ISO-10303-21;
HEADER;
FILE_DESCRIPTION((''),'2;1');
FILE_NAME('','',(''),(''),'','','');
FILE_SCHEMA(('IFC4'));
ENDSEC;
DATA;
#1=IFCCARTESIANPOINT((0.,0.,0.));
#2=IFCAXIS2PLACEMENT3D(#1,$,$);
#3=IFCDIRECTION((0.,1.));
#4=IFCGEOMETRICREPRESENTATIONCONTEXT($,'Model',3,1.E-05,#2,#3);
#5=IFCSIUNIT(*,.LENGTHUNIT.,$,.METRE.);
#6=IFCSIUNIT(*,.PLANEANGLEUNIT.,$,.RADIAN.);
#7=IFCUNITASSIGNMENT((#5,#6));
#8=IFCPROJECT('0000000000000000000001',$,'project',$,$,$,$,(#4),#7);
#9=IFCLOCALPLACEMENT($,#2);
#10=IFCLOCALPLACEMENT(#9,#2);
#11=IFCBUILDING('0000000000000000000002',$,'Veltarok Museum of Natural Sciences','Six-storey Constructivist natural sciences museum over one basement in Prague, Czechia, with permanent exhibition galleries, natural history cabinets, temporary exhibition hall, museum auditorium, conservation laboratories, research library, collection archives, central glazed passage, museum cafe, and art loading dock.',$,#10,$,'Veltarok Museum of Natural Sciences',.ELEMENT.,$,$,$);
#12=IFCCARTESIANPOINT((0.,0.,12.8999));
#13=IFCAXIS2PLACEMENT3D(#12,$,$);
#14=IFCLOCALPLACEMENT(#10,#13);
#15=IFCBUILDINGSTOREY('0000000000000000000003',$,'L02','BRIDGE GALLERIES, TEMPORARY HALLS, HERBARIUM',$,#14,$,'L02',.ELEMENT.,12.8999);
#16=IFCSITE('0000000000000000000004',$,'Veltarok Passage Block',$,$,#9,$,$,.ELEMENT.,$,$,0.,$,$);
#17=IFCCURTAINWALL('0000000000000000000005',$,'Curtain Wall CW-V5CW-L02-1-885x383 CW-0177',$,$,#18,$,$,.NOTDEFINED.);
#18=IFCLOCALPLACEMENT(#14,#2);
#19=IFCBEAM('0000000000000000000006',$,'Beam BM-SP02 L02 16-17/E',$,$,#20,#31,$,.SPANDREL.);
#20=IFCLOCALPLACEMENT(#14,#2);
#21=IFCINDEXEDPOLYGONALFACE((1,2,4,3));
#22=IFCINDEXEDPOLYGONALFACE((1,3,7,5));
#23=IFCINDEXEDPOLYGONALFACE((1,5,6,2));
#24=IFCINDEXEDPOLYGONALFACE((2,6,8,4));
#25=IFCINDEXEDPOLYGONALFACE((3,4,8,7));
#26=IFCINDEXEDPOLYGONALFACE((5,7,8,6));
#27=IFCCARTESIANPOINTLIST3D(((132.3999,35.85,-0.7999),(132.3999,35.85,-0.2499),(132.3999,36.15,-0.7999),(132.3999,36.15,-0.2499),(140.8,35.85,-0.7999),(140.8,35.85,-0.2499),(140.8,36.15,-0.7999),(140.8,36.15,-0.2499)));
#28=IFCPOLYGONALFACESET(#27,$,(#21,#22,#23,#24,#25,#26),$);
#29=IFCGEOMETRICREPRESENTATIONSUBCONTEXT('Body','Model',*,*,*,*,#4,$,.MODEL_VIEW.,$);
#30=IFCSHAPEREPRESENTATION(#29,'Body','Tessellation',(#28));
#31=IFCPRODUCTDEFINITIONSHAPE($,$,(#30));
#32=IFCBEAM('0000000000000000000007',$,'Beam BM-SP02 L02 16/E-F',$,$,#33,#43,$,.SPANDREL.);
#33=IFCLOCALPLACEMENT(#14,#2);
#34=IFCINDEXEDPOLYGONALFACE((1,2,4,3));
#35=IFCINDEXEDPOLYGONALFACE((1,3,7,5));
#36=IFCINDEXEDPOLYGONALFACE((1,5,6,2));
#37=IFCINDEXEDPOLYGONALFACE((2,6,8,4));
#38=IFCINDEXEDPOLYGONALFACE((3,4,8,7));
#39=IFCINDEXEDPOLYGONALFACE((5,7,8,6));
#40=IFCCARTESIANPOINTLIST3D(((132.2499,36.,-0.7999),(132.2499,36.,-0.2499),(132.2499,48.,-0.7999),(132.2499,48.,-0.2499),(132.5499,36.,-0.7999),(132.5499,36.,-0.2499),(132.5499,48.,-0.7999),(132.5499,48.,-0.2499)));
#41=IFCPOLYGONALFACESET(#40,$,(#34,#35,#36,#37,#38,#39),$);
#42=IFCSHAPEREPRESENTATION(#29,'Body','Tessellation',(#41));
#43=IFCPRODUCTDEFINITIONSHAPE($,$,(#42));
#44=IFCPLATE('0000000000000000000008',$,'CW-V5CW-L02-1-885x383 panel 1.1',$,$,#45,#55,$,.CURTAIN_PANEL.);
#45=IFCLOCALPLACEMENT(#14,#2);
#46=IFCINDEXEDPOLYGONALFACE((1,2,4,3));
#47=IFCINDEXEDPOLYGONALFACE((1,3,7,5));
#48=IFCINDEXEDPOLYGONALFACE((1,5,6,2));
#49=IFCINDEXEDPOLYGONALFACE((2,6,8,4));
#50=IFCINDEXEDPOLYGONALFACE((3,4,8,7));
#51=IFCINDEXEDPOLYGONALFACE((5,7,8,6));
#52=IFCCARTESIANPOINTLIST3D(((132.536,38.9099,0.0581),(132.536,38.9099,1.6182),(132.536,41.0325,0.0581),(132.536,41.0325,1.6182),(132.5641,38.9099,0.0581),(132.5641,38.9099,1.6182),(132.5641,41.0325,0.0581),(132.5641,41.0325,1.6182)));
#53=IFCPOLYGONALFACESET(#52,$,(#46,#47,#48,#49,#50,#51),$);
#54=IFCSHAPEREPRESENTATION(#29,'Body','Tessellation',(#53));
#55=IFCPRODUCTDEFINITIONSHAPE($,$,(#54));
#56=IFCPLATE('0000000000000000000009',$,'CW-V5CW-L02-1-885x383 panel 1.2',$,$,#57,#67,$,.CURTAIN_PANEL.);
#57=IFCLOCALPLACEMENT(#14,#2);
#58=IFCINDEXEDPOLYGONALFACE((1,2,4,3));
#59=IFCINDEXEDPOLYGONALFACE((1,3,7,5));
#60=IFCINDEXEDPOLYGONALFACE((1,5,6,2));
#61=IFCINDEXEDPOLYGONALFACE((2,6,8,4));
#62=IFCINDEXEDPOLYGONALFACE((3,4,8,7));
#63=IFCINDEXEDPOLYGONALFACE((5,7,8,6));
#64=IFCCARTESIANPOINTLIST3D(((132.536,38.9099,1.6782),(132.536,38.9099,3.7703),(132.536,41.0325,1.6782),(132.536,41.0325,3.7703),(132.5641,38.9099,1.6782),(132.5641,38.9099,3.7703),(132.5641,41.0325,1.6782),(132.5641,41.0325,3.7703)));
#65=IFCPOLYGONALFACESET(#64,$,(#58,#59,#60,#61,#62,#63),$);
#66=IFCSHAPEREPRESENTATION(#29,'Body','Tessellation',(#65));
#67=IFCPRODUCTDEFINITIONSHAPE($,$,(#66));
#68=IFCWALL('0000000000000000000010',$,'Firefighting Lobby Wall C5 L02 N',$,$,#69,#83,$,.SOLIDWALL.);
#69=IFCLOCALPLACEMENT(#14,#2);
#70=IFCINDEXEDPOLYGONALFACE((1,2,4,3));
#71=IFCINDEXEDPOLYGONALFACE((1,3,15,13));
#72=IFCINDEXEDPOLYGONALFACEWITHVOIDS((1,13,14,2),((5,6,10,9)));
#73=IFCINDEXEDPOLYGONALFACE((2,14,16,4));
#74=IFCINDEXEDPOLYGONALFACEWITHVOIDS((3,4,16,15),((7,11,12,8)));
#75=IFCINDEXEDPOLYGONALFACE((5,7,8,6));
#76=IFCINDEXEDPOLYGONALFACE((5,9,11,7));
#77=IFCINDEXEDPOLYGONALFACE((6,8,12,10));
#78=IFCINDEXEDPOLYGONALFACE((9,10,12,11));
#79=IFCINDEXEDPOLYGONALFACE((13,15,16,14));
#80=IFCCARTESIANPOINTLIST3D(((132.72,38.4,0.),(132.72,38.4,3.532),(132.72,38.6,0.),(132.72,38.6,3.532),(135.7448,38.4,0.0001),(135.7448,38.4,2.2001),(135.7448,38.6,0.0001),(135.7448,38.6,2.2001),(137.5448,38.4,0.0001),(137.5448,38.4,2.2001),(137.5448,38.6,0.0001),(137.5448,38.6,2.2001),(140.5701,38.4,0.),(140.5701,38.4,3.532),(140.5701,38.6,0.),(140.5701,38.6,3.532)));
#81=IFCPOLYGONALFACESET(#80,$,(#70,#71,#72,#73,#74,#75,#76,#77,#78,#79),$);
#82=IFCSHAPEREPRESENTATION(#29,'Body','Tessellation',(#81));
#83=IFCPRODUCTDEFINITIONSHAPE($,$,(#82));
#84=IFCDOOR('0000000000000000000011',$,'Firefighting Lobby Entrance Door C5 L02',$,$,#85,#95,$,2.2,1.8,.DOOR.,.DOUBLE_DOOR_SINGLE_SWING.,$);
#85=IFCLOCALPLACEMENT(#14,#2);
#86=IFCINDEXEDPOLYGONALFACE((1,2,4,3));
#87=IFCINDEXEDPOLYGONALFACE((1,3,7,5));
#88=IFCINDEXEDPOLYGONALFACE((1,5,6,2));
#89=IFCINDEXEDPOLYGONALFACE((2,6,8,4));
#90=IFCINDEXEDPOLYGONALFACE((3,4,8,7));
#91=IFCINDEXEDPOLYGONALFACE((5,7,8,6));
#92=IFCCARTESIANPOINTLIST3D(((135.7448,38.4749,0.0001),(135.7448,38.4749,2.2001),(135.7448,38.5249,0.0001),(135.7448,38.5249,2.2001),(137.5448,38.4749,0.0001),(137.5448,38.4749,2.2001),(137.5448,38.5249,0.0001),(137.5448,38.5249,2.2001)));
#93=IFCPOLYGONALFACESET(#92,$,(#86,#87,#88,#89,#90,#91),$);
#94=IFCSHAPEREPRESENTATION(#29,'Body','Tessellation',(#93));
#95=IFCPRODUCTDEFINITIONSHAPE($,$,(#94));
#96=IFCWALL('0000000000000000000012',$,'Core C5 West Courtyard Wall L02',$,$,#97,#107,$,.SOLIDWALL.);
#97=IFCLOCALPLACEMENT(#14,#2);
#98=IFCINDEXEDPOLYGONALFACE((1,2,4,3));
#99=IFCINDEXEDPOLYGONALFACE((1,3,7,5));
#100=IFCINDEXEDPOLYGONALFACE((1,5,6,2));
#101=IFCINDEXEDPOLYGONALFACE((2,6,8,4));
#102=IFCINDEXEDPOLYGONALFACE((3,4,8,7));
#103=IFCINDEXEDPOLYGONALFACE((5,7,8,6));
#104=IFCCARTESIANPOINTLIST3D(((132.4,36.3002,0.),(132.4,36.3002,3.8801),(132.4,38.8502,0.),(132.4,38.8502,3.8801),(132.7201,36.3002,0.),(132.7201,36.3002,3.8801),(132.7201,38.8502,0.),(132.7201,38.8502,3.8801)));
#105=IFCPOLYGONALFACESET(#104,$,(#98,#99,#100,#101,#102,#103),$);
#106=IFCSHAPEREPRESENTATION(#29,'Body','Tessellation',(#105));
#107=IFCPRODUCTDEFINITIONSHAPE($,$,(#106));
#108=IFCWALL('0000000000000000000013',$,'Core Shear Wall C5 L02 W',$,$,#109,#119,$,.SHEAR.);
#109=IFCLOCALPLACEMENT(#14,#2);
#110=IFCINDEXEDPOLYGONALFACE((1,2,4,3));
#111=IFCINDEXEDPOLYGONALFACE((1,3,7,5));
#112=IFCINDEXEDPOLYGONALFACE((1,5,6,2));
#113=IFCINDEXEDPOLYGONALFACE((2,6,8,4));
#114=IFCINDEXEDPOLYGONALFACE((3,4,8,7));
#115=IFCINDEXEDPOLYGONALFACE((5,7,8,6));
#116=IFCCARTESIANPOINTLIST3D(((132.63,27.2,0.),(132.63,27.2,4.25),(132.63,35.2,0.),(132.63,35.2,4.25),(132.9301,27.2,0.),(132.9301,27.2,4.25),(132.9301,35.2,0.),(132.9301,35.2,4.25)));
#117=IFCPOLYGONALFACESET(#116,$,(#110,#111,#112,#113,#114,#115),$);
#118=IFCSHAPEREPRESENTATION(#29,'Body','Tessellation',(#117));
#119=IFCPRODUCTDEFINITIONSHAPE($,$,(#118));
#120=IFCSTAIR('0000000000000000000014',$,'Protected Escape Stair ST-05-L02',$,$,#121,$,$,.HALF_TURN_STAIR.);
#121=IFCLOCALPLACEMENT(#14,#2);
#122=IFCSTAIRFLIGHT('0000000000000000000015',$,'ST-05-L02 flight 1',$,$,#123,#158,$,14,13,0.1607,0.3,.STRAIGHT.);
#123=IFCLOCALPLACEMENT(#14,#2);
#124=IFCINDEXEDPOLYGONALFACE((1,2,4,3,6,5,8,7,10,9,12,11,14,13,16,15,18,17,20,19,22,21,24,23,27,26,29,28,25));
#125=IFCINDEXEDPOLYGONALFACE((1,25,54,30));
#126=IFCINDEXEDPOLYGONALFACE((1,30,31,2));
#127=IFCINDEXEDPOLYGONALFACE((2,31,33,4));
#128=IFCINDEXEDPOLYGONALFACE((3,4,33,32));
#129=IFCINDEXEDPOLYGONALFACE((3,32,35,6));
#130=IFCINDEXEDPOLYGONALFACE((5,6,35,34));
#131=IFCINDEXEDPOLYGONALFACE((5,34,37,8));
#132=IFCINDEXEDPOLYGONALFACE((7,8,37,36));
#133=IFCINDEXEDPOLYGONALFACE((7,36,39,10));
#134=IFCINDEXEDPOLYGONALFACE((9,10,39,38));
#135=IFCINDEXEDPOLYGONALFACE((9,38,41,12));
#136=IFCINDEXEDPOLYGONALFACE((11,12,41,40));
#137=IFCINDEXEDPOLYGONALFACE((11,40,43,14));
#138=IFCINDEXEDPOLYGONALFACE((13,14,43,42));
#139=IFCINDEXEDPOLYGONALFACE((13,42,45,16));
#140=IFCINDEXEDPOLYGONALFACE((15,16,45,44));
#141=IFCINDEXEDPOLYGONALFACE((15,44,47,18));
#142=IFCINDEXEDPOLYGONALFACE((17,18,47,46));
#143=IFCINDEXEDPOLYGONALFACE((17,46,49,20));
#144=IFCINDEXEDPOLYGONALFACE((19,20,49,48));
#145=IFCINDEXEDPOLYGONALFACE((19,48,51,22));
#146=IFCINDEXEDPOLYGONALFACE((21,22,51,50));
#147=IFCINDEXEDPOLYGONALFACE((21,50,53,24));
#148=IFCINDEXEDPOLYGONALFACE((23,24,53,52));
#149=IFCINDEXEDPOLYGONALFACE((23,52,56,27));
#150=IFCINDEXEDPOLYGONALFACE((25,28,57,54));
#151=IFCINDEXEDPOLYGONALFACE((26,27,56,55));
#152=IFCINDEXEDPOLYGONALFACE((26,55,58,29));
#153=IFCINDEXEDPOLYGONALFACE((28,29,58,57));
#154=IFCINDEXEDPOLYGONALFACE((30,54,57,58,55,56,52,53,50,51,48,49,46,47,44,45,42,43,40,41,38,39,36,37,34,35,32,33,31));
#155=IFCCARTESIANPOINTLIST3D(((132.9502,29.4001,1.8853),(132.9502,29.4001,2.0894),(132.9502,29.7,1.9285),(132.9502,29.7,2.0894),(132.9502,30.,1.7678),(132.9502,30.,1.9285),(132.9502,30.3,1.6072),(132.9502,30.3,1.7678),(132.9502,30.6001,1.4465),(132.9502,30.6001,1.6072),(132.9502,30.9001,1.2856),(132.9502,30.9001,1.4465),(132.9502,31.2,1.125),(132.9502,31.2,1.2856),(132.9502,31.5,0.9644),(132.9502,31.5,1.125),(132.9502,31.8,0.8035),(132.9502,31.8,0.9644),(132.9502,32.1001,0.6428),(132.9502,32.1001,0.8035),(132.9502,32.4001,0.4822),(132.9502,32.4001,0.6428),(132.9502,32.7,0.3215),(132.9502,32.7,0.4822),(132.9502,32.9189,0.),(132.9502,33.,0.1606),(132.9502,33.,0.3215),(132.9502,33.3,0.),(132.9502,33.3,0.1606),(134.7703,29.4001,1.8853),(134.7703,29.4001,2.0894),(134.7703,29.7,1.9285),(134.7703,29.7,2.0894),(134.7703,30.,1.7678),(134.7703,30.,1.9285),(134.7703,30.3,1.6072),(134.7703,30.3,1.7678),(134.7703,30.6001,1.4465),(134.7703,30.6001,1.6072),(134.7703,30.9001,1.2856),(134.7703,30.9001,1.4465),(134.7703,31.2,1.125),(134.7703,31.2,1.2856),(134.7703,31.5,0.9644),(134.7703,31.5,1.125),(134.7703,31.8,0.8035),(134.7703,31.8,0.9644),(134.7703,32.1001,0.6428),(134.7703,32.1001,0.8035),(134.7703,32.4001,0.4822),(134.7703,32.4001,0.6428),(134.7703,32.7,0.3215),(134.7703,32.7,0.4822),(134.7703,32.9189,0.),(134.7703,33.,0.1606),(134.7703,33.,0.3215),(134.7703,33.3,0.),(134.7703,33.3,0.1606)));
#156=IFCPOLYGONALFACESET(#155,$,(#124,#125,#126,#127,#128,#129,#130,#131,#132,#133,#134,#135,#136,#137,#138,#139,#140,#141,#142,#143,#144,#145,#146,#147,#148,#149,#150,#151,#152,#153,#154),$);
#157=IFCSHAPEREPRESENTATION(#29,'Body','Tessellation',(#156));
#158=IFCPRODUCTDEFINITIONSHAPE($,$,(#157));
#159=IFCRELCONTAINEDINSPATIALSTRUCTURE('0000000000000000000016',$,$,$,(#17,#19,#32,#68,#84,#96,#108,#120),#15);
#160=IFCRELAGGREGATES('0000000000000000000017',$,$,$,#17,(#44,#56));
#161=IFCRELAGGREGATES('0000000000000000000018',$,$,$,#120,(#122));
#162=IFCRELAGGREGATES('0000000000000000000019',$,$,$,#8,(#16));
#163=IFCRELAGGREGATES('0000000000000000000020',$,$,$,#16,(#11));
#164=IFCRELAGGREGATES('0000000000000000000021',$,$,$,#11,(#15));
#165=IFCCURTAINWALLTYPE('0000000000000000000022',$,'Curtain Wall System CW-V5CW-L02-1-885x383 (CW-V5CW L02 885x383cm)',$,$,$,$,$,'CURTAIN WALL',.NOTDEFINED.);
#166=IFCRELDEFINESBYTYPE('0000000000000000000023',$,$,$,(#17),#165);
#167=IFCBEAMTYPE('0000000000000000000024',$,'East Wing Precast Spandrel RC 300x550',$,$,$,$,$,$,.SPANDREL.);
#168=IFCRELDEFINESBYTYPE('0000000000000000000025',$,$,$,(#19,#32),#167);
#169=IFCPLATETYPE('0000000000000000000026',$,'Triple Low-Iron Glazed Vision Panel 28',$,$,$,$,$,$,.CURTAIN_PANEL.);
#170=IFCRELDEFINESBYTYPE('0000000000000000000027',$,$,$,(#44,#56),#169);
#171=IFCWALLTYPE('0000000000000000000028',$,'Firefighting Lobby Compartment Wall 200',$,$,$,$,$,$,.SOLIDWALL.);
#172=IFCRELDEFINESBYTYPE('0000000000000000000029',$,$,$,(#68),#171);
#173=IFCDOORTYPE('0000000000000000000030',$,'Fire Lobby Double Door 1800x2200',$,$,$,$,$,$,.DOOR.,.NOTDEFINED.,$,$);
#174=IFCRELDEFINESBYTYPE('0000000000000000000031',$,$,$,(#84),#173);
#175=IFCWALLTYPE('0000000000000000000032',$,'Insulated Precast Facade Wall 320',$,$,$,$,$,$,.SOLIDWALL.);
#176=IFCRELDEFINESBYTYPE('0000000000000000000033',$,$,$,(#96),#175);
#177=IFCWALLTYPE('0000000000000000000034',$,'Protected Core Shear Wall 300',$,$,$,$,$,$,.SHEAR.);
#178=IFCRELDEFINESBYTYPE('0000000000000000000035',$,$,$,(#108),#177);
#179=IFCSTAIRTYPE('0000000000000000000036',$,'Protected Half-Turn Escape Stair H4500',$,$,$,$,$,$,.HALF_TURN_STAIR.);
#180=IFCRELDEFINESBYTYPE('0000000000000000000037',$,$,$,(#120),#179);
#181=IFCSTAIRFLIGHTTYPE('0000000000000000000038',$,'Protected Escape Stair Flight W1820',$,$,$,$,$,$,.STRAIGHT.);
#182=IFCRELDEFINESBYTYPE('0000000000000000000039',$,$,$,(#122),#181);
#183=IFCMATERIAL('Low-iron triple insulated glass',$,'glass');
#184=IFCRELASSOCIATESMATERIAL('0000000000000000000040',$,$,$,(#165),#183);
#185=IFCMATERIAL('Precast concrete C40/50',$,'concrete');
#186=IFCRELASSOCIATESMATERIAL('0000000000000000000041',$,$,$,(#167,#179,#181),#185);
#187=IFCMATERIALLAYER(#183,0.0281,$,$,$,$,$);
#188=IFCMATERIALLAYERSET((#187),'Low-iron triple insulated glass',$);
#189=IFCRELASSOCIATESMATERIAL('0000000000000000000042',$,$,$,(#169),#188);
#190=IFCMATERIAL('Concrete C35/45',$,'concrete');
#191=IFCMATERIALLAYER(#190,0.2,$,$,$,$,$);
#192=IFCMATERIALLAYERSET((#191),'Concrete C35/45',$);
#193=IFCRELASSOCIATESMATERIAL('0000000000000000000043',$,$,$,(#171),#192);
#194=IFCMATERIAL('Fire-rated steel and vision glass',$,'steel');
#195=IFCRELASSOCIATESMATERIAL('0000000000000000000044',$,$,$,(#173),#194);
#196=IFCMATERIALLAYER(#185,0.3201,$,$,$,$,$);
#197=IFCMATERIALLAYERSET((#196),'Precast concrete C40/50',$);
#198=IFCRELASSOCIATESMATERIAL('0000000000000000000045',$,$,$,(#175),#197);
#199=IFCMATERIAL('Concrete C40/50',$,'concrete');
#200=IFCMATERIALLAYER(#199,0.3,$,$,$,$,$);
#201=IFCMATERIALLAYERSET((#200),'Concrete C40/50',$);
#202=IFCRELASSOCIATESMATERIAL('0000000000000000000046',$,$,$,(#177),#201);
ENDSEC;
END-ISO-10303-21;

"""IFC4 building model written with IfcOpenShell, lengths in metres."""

from ifc_helpers import new_model, si_unit, direction, frame, frame_2d, origin, origin_2d, place, context, subcontext, project, spatial, polyline, rectangle, outline, extrude, material, layer, layer_set, material_profile, profile_set, type_object, element, fill, aggregate, save


model = new_model("IFC4")

# Units and contexts
model_context = context("Model", 3, precision=1e-05, world=origin(), true_north=direction((0.0, 1.0)))
body_context = subcontext(model_context, "Body", "Model", "MODEL_VIEW")
ifc_project = project(units=[si_unit("LENGTHUNIT", "METRE"), si_unit("PLANEANGLEUNIT", "RADIAN")], contexts=[model_context])

# Site, building, storey
site_placement = place(None, origin())
site = spatial("IfcSite", under=ifc_project, at=site_placement, Name="Veltarok Passage Block", CompositionType="ELEMENT", RefElevation=0.0)
building_placement = place(site_placement, origin())
building = spatial("IfcBuilding", under=site, at=building_placement, Name="Veltarok Museum of Natural Sciences", Description="Six-storey Constructivist natural sciences museum over one basement in Prague, Czechia, with permanent exhibition galleries, natural history cabinets, temporary exhibition hall, museum auditorium, conservation laboratories, research library, collection archives, central glazed passage, museum cafe, and art loading dock.", LongName="Veltarok Museum of Natural Sciences", CompositionType="ELEMENT")
storey_placement = place(building_placement, frame((0.0, 0.0, 12.8999)))
storey = spatial("IfcBuildingStorey", under=building, at=storey_placement, Name="L02", Description="BRIDGE GALLERIES, TEMPORARY HALLS, HERBARIUM", LongName="L02", CompositionType="ELEMENT", Elevation=12.8999)

# Curtain wall
ifc_material_1 = material(Name="Low-iron triple insulated glass", Category="glass")
curtain_wall_type = type_object("IfcCurtainWallType", Name="Curtain Wall System CW-V5CW-L02-1-885x383 (CW-V5CW L02 885x383cm)", ElementType="CURTAIN WALL", PredefinedType="NOTDEFINED", material=ifc_material_1)
curtain_wall_placement = place(storey_placement, origin())
curtain_wall = element("IfcCurtainWall", 1, at=curtain_wall_placement, inside=storey, type_object=curtain_wall_type, Name="Curtain Wall CW-V5CW-L02-1-885x383 CW-0177", PredefinedType="NOTDEFINED")

# Beams
ifc_material_2 = material(Name="Precast concrete C40/50", Category="concrete")
ifc_material_profile_1 = material_profile(ifc_material_2, rectangle(XDim=0.3, YDim=0.55, at=origin_2d()), Name="RC 300x550")
ifc_profile_set_1 = profile_set([ifc_material_profile_1], Name="Precast concrete C40/50")
beam_type = type_object("IfcBeamType", Name="East Wing Precast Spandrel RC 300x550", PredefinedType="SPANDREL", material=ifc_profile_set_1)
beam_1_placement = place(storey_placement, frame((132.3999, 36.0, -0.5249), z_axis=(1.0, 0.0, 0.0), x_axis=(0.0, 1.0, 0.0)))
element("IfcBeam", 2, at=beam_1_placement, inside=storey, type_object=beam_type, Name="Beam BM-SP02 L02 16-17/E", PredefinedType="SPANDREL", context=body_context, shape_type="SweptSolid", body=[
    extrude(rectangle(XDim=0.3, YDim=0.55, at=origin_2d()), origin(), (0.0, 0.0, 1.0), 8.4001),
])
beam_2_placement = place(storey_placement, frame((132.3999, 36.0, -0.5249), z_axis=(0.0, 1.0, 0.0), x_axis=(-1.0, 0.0, 0.0)))
element("IfcBeam", 3, at=beam_2_placement, inside=storey, type_object=beam_type, Name="Beam BM-SP02 L02 16/E-F", PredefinedType="SPANDREL", context=body_context, shape_type="SweptSolid", body=[
    extrude(rectangle(XDim=0.3, YDim=0.55, at=origin_2d()), origin(), (0.0, 0.0, 1.0), 12.0),
])

# Plates
ifc_layer_1 = layer(ifc_material_1, 0.0281)
ifc_layer_set_1 = layer_set([ifc_layer_1], Name="Low-iron triple insulated glass")
plate_type = type_object("IfcPlateType", Name="Triple Low-Iron Glazed Vision Panel 28", PredefinedType="CURTAIN_PANEL", material=ifc_layer_set_1)
plate_1_placement = place(storey_placement, frame((132.55, 39.9712, 0.0581), z_axis=(0.0, 0.0, 1.0), x_axis=(0.0, 1.0, 0.0)))
plate_1 = element("IfcPlate", 4, at=plate_1_placement, type_object=plate_type, Name="CW-V5CW-L02-1-885x383 panel 1.1", PredefinedType="CURTAIN_PANEL", context=body_context, shape_type="SweptSolid", body=[
    extrude(rectangle(XDim=2.1226, YDim=0.0281, at=origin_2d()), origin(), (0.0, 0.0, 1.0), 1.5601),
])
plate_2_placement = place(storey_placement, frame((132.55, 39.9712, 1.6782), z_axis=(0.0, 0.0, 1.0), x_axis=(0.0, 1.0, 0.0)))
plate_2 = element("IfcPlate", 5, at=plate_2_placement, type_object=plate_type, Name="CW-V5CW-L02-1-885x383 panel 1.2", PredefinedType="CURTAIN_PANEL", context=body_context, shape_type="SweptSolid", body=[
    extrude(rectangle(XDim=2.1226, YDim=0.0281, at=origin_2d()), origin(), (0.0, 0.0, 1.0), 2.092),
])
aggregate(curtain_wall, [plate_1, plate_2])

# Wall, opening, door
ifc_material_3 = material(Name="Concrete C35/45", Category="concrete")
ifc_layer_2 = layer(ifc_material_3, 0.2)
ifc_layer_set_2 = layer_set([ifc_layer_2], Name="Concrete C35/45")
wall_type_1 = type_object("IfcWallType", Name="Firefighting Lobby Compartment Wall 200", PredefinedType="SOLIDWALL", material=ifc_layer_set_2)
wall_1_placement = place(storey_placement, frame((132.72, 38.5, 0.0), z_axis=(0.0, 0.0, 1.0), x_axis=(1.0, 0.0, 0.0)))
wall_1 = element("IfcWall", 6, at=wall_1_placement, inside=storey, type_object=wall_type_1, Name="Firefighting Lobby Wall C5 L02 N", PredefinedType="SOLIDWALL", context=body_context, shape_type="SweptSolid", body=[
    extrude(rectangle(XDim=7.8501, YDim=0.2, at=frame_2d((3.925, 0.0))), origin(), (0.0, 0.0, 1.0), 3.532),
])
opening_placement = place(wall_1_placement, frame((3.0249, 0.0, 0.0)))
opening = element("IfcOpeningElement", 7, at=opening_placement, cuts=wall_1, PredefinedType="OPENING", context=body_context, shape_type="SweptSolid", body=[
    extrude(rectangle(XDim=1.8, YDim=2.2, at=frame_2d((0.8999, 1.1001))), frame((0.0, 0.1099, 0.0), z_axis=(0.0, -1.0, 0.0), x_axis=(1.0, 0.0, 0.0)), (0.0, 0.0, 1.0), 0.22),
])
ifc_material_4 = material(Name="Fire-rated steel and vision glass", Category="steel")
door_type = type_object("IfcDoorType", Name="Fire Lobby Double Door 1800x2200", OperationType="NOTDEFINED", PredefinedType="DOOR", material=ifc_material_4)
door_placement = place(opening_placement, origin())
door = element("IfcDoor", 8, at=door_placement, inside=storey, type_object=door_type, Name="Firefighting Lobby Entrance Door C5 L02", OperationType="DOUBLE_DOOR_SINGLE_SWING", OverallHeight=2.2, OverallWidth=1.8, PredefinedType="DOOR", context=body_context, shape_type="SweptSolid", body=[
    extrude(rectangle(XDim=1.8, YDim=2.2, at=frame_2d((0.8999, 1.1001))), frame((0.0, 0.0249, 0.0), z_axis=(0.0, -1.0, 0.0), x_axis=(1.0, 0.0, 0.0)), (0.0, 0.0, 1.0), 0.05),
])
fill(opening, door)

# Walls
ifc_layer_3 = layer(ifc_material_2, 0.3201)
ifc_layer_set_3 = layer_set([ifc_layer_3], Name="Precast concrete C40/50")
wall_type_2 = type_object("IfcWallType", Name="Insulated Precast Facade Wall 320", PredefinedType="SOLIDWALL", material=ifc_layer_set_3)
wall_2_placement = place(storey_placement, frame((132.5601, 38.8501, 0.0), z_axis=(0.0, 0.0, 1.0), x_axis=(0.0, -1.0, 0.0)))
element("IfcWall", 9, at=wall_2_placement, inside=storey, type_object=wall_type_2, Name="Core C5 West Courtyard Wall L02", PredefinedType="SOLIDWALL", context=body_context, shape_type="SweptSolid", body=[
    extrude(rectangle(XDim=2.55, YDim=0.3201, at=frame_2d((1.2749, 0.0))), origin(), (0.0, 0.0, 1.0), 3.8801),
])
ifc_material_5 = material(Name="Concrete C40/50", Category="concrete")
ifc_layer_4 = layer(ifc_material_5, 0.3)
ifc_layer_set_4 = layer_set([ifc_layer_4], Name="Concrete C40/50")
wall_type_3 = type_object("IfcWallType", Name="Protected Core Shear Wall 300", PredefinedType="SHEAR", material=ifc_layer_set_4)
wall_3_placement = place(storey_placement, frame((132.78, 35.2, 0.0), z_axis=(0.0, 0.0, 1.0), x_axis=(0.0, -1.0, 0.0)))
element("IfcWall", 10, at=wall_3_placement, inside=storey, type_object=wall_type_3, Name="Core Shear Wall C5 L02 W", PredefinedType="SHEAR", context=body_context, shape_type="SweptSolid", body=[
    extrude(rectangle(XDim=8.0, YDim=0.3, at=frame_2d((4.0, 0.0))), origin(), (0.0, 0.0, 1.0), 4.25),
])

# Stair, stair flight
stair_type = type_object("IfcStairType", Name="Protected Half-Turn Escape Stair H4500", PredefinedType="HALF_TURN_STAIR", material=ifc_material_2)
stair_placement = place(storey_placement, origin())
stair = element("IfcStair", 11, at=stair_placement, inside=storey, type_object=stair_type, Name="Protected Escape Stair ST-05-L02", PredefinedType="HALF_TURN_STAIR")
stair_flight_type = type_object("IfcStairFlightType", Name="Protected Escape Stair Flight W1820", PredefinedType="STRAIGHT", material=ifc_material_2)
stair_flight_placement = place(storey_placement, frame((133.8601, 33.3, 0.0), z_axis=(0.0, 0.0, 1.0), x_axis=(0.0, -1.0, 0.0)))
stair_flight = element("IfcStairFlight", 12, at=stair_flight_placement, type_object=stair_flight_type, Name="ST-05-L02 flight 1", NumberOfRisers=14, NumberOfTreads=13, PredefinedType="STRAIGHT", RiserHeight=0.1607, TreadLength=0.3, context=body_context, shape_type="SweptSolid", body=[
    extrude(outline(polyline([(0.0, 0.0), (0.0, 0.1606), (0.3, 0.1606), (0.3, 0.3215), (0.6001, 0.3215), (0.6001, 0.4822), (0.8999, 0.4822), (0.8999, 0.6428), (1.2, 0.6428), (1.2, 0.8035), (1.5, 0.8035), (1.5, 0.9644), (1.8, 0.9644), (1.8, 1.125), (2.1001, 1.125), (2.1001, 1.2856), (2.3999, 1.2856), (2.3999, 1.4465), (2.7, 1.4465), (2.7, 1.6072), (3.0, 1.6072), (3.0, 1.7678), (3.3, 1.7678), (3.3, 1.9285), (3.6001, 1.9285), (3.6001, 2.0894), (3.8999, 2.0894), (3.8999, 2.25), (3.8999, 1.8853), (0.3811, 0.0), (0.0, 0.0)])), frame((0.0, 0.9102, 0.0), z_axis=(0.0, -1.0, 0.0), x_axis=(1.0, 0.0, 0.0)), (0.0, 0.0, 1.0), 1.8201),
])
aggregate(stair, [stair_flight])

save(model, "model.ifc")
